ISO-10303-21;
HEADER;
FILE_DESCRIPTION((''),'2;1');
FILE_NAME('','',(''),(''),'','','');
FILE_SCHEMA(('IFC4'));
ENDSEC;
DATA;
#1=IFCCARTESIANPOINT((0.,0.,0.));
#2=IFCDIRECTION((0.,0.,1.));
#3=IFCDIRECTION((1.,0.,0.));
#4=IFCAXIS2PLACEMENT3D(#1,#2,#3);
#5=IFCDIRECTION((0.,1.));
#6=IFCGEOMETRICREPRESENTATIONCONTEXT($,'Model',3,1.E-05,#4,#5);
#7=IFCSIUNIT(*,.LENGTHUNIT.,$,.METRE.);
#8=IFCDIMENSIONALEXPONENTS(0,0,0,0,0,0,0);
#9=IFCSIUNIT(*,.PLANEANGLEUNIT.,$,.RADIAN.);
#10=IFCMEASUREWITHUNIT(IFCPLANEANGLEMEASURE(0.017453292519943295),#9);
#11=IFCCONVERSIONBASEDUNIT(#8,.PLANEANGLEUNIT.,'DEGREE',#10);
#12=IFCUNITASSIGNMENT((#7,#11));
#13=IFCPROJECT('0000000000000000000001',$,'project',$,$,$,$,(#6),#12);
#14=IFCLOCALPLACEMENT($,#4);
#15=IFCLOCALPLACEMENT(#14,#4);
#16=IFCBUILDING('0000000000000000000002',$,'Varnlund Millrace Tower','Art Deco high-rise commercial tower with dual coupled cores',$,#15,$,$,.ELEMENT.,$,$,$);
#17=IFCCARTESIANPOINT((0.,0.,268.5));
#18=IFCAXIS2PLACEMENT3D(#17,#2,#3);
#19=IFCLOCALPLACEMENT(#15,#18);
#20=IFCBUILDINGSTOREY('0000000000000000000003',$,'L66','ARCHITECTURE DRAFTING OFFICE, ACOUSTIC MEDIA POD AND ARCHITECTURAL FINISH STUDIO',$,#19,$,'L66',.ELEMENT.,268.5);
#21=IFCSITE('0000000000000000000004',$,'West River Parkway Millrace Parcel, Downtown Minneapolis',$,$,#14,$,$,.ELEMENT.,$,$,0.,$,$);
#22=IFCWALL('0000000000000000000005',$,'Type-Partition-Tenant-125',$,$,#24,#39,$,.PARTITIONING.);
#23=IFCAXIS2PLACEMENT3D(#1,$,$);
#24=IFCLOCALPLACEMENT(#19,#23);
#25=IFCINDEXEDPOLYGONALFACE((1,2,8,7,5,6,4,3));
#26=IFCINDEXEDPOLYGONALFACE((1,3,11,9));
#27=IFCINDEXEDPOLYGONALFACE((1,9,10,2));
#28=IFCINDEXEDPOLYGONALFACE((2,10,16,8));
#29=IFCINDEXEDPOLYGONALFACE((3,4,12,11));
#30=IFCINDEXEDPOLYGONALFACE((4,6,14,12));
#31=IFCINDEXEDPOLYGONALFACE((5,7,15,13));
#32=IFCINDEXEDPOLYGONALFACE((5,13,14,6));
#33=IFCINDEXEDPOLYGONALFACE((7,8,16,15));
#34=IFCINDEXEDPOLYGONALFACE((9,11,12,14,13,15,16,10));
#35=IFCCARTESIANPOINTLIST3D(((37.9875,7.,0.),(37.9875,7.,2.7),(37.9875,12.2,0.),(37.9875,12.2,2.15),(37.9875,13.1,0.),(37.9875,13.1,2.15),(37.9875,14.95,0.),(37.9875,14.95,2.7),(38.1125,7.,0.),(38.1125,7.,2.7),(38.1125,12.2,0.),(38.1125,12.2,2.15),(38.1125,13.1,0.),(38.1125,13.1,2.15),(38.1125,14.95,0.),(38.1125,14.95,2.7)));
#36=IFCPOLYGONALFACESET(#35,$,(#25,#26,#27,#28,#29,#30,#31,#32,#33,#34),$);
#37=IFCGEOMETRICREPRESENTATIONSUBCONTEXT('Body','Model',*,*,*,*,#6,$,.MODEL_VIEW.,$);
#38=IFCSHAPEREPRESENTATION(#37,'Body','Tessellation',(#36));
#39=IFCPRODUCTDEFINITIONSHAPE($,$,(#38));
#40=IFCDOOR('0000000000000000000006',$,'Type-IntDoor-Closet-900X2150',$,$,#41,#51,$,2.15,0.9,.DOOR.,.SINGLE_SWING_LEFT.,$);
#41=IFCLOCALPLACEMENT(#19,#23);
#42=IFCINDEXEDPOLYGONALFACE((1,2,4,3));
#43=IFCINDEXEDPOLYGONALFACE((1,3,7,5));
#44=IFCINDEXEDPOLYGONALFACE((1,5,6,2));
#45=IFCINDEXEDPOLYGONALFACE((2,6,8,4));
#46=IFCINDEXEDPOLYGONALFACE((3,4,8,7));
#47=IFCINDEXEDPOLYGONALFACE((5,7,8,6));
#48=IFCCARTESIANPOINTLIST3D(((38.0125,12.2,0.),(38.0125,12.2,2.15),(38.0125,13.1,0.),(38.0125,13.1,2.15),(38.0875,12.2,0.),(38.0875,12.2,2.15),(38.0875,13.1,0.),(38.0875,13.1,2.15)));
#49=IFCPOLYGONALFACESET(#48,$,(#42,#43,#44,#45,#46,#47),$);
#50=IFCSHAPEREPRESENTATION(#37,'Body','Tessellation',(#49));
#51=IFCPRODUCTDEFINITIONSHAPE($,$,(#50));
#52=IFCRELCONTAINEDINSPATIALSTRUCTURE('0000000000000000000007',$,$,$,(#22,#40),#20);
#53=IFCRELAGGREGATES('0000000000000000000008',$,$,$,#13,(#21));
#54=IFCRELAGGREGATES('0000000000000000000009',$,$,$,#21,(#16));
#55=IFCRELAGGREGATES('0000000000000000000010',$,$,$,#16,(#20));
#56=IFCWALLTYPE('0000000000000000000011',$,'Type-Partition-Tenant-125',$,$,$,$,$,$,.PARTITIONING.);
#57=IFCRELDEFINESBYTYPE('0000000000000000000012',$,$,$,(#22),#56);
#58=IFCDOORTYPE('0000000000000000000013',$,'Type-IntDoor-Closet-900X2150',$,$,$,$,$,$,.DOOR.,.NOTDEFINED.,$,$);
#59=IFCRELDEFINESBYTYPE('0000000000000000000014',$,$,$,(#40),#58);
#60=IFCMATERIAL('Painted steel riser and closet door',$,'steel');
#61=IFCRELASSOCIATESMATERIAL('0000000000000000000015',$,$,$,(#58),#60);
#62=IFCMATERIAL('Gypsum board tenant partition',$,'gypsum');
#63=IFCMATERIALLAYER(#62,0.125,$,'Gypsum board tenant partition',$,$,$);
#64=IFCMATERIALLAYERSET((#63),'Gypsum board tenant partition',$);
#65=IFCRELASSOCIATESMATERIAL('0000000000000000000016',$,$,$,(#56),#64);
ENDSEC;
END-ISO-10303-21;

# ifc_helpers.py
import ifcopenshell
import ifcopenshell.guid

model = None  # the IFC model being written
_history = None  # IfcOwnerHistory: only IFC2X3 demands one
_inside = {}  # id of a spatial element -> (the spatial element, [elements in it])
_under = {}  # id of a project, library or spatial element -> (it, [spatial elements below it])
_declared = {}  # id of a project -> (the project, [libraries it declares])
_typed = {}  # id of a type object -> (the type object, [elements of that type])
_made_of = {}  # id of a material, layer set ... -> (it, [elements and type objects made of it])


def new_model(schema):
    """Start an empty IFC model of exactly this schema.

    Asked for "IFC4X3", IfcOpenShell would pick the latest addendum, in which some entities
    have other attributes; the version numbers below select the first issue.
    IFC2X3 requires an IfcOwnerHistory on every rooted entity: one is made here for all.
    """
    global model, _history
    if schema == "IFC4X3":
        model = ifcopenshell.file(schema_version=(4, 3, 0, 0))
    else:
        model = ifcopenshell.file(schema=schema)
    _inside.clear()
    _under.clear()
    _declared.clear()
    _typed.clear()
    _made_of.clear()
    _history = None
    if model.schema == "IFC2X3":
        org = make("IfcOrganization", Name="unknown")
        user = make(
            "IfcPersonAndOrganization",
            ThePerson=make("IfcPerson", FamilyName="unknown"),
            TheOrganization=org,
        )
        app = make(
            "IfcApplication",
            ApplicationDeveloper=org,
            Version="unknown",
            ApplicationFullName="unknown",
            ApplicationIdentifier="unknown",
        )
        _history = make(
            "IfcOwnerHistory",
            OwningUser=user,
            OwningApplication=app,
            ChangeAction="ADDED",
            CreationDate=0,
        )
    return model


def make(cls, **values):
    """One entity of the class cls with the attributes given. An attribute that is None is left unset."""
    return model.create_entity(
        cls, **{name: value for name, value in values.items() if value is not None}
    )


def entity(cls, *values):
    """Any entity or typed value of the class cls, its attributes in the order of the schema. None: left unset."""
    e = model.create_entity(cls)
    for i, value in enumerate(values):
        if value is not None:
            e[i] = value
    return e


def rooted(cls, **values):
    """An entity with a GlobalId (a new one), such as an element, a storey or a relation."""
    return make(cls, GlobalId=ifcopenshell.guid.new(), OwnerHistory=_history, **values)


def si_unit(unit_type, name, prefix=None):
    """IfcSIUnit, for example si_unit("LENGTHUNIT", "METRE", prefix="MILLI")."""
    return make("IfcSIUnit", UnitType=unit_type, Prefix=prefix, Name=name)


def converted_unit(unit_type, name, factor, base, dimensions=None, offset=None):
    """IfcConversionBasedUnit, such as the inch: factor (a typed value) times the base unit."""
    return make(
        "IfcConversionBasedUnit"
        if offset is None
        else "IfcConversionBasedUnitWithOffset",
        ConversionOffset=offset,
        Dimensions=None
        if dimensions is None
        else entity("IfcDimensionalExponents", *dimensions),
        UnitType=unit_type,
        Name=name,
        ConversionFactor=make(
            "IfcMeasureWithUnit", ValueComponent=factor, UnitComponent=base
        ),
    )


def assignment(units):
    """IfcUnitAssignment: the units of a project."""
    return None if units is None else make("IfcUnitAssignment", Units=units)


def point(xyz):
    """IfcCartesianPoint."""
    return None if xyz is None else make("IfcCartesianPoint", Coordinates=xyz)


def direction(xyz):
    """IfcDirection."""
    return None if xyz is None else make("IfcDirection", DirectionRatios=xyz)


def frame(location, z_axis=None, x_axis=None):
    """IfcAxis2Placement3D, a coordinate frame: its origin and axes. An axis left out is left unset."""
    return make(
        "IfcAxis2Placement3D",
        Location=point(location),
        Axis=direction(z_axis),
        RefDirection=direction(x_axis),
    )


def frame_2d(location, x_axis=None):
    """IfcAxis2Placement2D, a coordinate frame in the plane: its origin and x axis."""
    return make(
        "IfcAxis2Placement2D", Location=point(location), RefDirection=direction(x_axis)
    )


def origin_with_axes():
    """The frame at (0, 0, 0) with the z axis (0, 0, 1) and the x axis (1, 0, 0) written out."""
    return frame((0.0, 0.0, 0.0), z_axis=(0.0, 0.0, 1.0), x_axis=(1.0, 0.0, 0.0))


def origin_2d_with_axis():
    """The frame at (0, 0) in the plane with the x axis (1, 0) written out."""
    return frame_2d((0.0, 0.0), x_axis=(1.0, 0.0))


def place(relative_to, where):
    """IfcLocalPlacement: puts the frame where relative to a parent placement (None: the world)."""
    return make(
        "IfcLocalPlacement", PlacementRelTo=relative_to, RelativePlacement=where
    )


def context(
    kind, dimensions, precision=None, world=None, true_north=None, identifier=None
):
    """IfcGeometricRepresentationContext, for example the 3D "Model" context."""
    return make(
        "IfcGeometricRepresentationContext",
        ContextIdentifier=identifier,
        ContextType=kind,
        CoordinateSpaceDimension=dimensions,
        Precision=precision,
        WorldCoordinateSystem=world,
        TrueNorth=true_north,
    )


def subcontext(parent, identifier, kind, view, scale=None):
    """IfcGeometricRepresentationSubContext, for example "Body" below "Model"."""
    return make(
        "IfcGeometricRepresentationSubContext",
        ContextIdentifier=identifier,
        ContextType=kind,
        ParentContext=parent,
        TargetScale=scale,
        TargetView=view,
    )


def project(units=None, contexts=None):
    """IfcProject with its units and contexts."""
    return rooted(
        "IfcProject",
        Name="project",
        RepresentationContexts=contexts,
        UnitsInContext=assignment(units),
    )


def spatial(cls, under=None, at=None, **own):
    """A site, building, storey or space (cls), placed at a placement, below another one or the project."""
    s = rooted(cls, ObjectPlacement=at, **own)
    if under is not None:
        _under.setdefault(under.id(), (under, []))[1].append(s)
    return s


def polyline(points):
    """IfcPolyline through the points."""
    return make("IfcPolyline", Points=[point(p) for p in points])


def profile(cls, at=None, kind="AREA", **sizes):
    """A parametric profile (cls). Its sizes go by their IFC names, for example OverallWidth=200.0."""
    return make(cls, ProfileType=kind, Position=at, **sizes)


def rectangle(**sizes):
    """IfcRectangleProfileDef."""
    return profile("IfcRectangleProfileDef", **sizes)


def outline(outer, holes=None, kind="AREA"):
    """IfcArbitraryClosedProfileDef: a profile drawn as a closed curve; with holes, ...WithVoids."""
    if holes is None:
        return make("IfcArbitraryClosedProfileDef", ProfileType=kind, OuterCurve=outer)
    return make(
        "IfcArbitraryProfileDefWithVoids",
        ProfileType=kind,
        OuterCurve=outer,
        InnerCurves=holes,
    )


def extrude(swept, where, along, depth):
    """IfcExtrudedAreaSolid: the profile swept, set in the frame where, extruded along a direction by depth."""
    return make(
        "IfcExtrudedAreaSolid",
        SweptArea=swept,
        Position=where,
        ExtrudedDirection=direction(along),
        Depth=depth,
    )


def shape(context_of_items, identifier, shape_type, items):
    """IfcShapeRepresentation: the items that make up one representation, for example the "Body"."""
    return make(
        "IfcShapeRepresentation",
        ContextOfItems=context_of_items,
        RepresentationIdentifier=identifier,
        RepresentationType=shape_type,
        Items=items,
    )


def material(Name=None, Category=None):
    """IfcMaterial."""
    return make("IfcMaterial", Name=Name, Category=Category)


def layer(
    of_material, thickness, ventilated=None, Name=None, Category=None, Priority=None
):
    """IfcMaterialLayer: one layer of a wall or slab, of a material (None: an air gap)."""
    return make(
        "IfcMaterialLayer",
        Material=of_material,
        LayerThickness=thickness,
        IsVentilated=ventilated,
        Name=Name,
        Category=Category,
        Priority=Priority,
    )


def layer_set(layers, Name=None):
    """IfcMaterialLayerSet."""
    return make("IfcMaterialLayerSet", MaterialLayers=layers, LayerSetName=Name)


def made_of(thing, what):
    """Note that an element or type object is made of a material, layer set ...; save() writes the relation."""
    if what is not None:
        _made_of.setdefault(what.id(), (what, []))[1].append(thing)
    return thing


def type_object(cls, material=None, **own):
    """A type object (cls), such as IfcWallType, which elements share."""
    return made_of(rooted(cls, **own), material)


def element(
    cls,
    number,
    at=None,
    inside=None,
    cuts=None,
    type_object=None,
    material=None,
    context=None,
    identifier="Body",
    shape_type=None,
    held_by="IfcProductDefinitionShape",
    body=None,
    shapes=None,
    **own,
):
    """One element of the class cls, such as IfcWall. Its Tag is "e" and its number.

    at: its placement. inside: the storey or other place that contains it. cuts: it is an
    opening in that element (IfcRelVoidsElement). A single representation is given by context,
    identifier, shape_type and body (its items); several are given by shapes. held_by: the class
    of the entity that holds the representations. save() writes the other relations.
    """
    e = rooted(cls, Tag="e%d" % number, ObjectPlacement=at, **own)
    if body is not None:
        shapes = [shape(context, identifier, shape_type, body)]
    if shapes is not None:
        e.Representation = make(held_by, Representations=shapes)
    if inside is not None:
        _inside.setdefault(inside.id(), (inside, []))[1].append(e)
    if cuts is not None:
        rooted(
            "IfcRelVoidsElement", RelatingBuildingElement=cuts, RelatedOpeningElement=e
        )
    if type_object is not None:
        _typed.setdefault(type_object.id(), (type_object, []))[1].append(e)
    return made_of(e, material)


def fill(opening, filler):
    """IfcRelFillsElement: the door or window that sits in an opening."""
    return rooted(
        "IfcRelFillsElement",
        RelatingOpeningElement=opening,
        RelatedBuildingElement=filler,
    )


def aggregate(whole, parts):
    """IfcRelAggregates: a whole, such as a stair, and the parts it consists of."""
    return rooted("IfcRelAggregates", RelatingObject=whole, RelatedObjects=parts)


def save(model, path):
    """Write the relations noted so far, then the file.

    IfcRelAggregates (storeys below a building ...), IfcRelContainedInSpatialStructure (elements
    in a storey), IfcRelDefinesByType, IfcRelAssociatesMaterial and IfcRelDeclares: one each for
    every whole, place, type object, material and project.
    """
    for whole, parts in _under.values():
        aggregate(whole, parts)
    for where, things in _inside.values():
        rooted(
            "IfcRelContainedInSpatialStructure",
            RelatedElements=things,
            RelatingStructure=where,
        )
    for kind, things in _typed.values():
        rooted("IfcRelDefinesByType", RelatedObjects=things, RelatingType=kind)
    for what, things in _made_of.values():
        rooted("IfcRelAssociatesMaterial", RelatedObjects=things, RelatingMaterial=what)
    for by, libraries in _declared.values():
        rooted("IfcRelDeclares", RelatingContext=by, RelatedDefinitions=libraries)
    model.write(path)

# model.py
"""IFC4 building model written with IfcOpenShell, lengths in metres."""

from ifc_helpers import new_model, entity, si_unit, converted_unit, direction, frame, origin_with_axes, origin_2d_with_axis, place, context, subcontext, project, spatial, polyline, rectangle, outline, extrude, material, layer, layer_set, type_object, element, fill, save


model = new_model("IFC4")

# Units and contexts
model_context = context("Model", 3, precision=1e-05, world=origin_with_axes(), true_north=direction((0.0, 1.0)))
body_context = subcontext(model_context, "Body", "Model", "MODEL_VIEW")
ifc_project = project(units=[si_unit("LENGTHUNIT", "METRE"), converted_unit("PLANEANGLEUNIT", "DEGREE", entity("IfcPlaneAngleMeasure", 0.017453292519943295), si_unit("PLANEANGLEUNIT", "RADIAN"), dimensions=[0, 0, 0, 0, 0, 0, 0])], contexts=[model_context])

# Site, building, storey
site_placement = place(None, origin_with_axes())
site = spatial("IfcSite", under=ifc_project, at=site_placement, Name="West River Parkway Millrace Parcel, Downtown Minneapolis", CompositionType="ELEMENT", RefElevation=0.0)
building_placement = place(site_placement, origin_with_axes())
building = spatial("IfcBuilding", under=site, at=building_placement, Name="Varnlund Millrace Tower", Description="Art Deco high-rise commercial tower with dual coupled cores", CompositionType="ELEMENT")
storey_placement = place(building_placement, frame((0.0, 0.0, 268.5), z_axis=(0.0, 0.0, 1.0), x_axis=(1.0, 0.0, 0.0)))
storey = spatial("IfcBuildingStorey", under=building, at=storey_placement, Name="L66", Description="ARCHITECTURE DRAFTING OFFICE, ACOUSTIC MEDIA POD AND ARCHITECTURAL FINISH STUDIO", LongName="L66", CompositionType="ELEMENT", Elevation=268.5)

# Shared definitions
ifc_material_1 = material(Name="Painted steel riser and closet door", Category="steel")
door_type = type_object("IfcDoorType", Name="Type-IntDoor-Closet-900X2150", OperationType="NOTDEFINED", PredefinedType="DOOR", material=ifc_material_1)

# Shared definitions
ifc_material_2 = material(Name="Gypsum board tenant partition", Category="gypsum")
ifc_layer_1 = layer(ifc_material_2, 0.125, Name="Gypsum board tenant partition")
ifc_layer_set_1 = layer_set([ifc_layer_1], Name="Gypsum board tenant partition")
wall_type_1 = type_object("IfcWallType", Name="Type-Partition-Tenant-125", PredefinedType="PARTITIONING", material=ifc_layer_set_1)

# Wall, opening, door
wall_1_placement = place(storey_placement, frame((38.05, 7.0, 0.0), z_axis=(0.0, 0.0, 1.0), x_axis=(0.0, 1.0, 0.0)))
wall_1 = element("IfcWall", 1, at=wall_1_placement, inside=storey, type_object=wall_type_1, Name="Type-Partition-Tenant-125", PredefinedType="PARTITIONING", context=body_context, shape_type="SweptSolid", body=[
    extrude(outline(polyline([(0.0, -0.0625), (7.95, -0.0625), (7.95, 0.0625), (0.0, 0.0625), (0.0, -0.0625)])), origin_with_axes(), (0.0, 0.0, 1.0), 2.7),
])
opening_1_placement = place(wall_1_placement, frame((5.65, 0.0, 0.0), z_axis=(0.0, 0.0, 1.0), x_axis=(1.0, 0.0, 0.0)))
opening_1 = element("IfcOpeningElement", 2, at=opening_1_placement, cuts=wall_1, PredefinedType="OPENING", context=body_context, shape_type="SweptSolid", body=[
    extrude(rectangle(XDim=0.9, YDim=0.145, at=origin_2d_with_axis()), origin_with_axes(), (0.0, 0.0, 1.0), 2.15),
])
door_1_placement = place(wall_1_placement, frame((5.65, 0.0, 0.0), z_axis=(0.0, 0.0, 1.0), x_axis=(1.0, 0.0, 0.0)))
door_1 = element("IfcDoor", 3, at=door_1_placement, inside=storey, type_object=door_type, Name="Type-IntDoor-Closet-900X2150", OperationType="SINGLE_SWING_LEFT", OverallHeight=2.15, OverallWidth=0.9, PredefinedType="DOOR", context=body_context, shape_type="SweptSolid", body=[
    extrude(rectangle(XDim=0.9, YDim=0.075, at=origin_2d_with_axis()), origin_with_axes(), (0.0, 0.0, 1.0), 2.15),
])
fill(opening_1, door_1)

save(model, "model.ifc")
